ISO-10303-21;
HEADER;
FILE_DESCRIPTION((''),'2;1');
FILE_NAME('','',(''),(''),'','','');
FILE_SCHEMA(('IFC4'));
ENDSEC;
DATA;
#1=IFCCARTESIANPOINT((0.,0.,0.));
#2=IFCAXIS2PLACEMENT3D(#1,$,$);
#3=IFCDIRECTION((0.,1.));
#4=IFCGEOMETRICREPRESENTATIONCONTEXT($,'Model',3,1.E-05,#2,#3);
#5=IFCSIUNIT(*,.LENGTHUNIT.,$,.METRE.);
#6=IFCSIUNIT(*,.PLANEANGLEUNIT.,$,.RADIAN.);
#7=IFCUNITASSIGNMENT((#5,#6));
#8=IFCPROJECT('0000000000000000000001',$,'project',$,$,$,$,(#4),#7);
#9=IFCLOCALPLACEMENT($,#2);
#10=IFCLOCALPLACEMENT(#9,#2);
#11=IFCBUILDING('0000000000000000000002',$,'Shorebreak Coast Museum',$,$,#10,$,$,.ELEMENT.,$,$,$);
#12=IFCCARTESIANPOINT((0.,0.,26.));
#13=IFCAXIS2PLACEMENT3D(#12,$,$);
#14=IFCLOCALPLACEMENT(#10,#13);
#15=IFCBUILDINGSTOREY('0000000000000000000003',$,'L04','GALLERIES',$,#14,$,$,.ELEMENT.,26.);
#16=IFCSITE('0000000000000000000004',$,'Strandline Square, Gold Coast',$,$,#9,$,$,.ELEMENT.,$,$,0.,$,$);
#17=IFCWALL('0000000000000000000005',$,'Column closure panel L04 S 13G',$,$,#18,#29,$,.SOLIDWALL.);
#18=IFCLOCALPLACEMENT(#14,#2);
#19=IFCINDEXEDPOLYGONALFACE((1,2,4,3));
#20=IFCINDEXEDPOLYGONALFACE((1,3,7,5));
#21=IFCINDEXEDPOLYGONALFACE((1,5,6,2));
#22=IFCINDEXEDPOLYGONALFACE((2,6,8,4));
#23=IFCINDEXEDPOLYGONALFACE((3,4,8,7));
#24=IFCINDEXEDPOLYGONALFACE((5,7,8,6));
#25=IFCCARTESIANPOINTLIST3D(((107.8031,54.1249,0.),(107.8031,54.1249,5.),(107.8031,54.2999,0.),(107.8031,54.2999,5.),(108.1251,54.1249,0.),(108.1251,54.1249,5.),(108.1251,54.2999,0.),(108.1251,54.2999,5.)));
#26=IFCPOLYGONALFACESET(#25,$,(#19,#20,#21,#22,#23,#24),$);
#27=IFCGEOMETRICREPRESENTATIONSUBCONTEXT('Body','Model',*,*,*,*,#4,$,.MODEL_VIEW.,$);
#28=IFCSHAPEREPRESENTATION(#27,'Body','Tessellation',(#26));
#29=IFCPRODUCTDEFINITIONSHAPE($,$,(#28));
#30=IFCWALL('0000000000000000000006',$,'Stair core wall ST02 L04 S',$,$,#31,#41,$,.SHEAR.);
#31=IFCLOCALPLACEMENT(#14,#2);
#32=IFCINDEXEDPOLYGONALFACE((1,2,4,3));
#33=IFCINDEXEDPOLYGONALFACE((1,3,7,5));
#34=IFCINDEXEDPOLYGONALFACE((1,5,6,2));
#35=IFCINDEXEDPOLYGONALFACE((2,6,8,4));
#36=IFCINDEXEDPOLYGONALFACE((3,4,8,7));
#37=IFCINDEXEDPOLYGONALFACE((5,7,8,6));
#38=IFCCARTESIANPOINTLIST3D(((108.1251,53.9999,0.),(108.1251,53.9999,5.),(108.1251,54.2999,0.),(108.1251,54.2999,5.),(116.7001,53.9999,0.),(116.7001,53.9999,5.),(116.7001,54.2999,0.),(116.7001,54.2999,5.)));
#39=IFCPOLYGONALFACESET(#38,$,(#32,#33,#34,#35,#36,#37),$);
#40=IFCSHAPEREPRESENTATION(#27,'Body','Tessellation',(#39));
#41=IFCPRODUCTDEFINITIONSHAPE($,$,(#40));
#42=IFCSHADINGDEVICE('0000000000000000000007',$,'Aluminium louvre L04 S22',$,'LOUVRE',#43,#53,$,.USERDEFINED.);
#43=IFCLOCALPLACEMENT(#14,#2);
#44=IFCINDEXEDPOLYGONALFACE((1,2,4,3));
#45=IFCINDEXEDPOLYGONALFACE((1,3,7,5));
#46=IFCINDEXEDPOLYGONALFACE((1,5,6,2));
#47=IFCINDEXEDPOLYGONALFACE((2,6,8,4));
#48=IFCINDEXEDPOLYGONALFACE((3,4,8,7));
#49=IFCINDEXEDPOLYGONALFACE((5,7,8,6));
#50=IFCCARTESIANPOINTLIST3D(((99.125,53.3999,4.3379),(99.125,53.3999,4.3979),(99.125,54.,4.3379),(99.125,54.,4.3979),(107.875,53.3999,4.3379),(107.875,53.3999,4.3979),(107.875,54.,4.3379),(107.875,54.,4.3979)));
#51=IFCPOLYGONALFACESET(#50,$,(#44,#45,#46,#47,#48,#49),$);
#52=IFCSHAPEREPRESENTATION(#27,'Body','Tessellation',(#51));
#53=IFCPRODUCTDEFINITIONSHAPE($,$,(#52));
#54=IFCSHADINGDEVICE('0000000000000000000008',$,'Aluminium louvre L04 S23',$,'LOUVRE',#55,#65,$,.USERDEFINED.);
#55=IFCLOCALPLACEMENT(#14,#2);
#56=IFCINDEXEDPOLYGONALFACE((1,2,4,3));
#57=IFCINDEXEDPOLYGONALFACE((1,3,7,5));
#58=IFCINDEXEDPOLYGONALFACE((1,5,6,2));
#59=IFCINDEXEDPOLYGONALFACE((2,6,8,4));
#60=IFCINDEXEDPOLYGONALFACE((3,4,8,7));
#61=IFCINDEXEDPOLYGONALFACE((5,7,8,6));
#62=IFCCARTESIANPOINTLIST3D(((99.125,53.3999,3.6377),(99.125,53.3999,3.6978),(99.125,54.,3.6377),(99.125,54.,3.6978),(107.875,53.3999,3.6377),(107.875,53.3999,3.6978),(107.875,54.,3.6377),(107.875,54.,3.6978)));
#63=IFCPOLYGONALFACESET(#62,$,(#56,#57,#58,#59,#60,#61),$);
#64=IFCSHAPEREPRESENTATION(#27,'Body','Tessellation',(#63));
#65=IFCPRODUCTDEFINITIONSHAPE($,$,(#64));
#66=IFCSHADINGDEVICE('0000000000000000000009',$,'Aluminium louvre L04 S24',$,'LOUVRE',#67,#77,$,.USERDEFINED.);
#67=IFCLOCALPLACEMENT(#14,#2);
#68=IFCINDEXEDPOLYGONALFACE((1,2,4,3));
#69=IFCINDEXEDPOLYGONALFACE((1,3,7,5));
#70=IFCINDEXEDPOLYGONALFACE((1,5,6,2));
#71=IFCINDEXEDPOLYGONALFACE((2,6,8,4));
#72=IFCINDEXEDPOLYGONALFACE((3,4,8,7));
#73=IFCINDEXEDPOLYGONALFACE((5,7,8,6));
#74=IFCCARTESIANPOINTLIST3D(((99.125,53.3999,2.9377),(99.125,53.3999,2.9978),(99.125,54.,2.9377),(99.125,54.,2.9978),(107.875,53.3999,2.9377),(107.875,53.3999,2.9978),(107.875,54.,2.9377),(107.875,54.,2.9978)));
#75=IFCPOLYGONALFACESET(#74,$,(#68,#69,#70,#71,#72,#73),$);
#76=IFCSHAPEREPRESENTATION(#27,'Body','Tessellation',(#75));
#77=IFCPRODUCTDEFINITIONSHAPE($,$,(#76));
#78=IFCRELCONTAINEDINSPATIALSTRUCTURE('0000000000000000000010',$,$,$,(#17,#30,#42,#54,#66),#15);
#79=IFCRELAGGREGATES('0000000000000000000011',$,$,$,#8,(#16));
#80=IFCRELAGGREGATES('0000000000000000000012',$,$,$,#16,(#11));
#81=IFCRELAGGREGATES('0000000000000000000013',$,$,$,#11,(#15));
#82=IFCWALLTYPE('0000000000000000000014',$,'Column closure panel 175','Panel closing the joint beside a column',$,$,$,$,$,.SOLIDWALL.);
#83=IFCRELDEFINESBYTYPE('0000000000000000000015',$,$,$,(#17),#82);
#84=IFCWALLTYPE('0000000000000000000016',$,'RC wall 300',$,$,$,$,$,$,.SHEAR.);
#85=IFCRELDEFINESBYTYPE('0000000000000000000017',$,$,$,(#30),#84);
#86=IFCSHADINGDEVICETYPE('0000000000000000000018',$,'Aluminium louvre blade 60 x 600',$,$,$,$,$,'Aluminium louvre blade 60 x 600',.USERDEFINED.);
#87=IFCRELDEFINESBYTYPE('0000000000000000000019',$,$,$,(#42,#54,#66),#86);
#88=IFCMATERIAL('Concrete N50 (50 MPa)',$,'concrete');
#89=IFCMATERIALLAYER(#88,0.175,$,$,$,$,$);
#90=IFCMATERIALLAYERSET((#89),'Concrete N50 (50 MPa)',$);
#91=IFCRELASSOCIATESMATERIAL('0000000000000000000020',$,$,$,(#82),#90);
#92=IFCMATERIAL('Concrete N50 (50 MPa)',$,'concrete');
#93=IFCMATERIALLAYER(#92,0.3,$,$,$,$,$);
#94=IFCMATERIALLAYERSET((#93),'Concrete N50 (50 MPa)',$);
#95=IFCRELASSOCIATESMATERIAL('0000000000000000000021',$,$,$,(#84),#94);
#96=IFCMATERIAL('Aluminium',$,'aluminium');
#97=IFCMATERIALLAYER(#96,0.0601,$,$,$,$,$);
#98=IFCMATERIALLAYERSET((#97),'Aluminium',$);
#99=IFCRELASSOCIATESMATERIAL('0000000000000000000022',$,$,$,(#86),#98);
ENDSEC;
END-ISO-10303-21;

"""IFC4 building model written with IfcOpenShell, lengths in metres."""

from ifc_helpers import new_model, si_unit, direction, frame, frame_2d, origin, origin_2d, place, context, subcontext, project, spatial, rectangle, extrude, material, layer, layer_set, type_object, element, save


model = new_model("IFC4")

# Units and contexts
model_context = context("Model", 3, precision=1e-05, world=origin(), true_north=direction((0.0, 1.0)))
body_context = subcontext(model_context, "Body", "Model", "MODEL_VIEW")
ifc_project = project(units=[si_unit("LENGTHUNIT", "METRE"), si_unit("PLANEANGLEUNIT", "RADIAN")], contexts=[model_context])

# Site, building, storey
site_placement = place(None, origin())
site = spatial("IfcSite", under=ifc_project, at=site_placement, Name="Strandline Square, Gold Coast", CompositionType="ELEMENT", RefElevation=0.0)
building_placement = place(site_placement, origin())
building = spatial("IfcBuilding", under=site, at=building_placement, Name="Shorebreak Coast Museum", CompositionType="ELEMENT")
storey_placement = place(building_placement, frame((0.0, 0.0, 26.0)))
storey = spatial("IfcBuildingStorey", under=building, at=storey_placement, Name="L04", Description="GALLERIES", CompositionType="ELEMENT", Elevation=26.0)

# Walls
ifc_material_1 = material(Name="Concrete N50 (50 MPa)", Category="concrete")
ifc_layer_1 = layer(ifc_material_1, 0.175)
ifc_layer_set_1 = layer_set([ifc_layer_1], Name="Concrete N50 (50 MPa)")
wall_type_1 = type_object("IfcWallType", Name="Column closure panel 175", Description="Panel closing the joint beside a column", PredefinedType="SOLIDWALL", material=ifc_layer_set_1)
wall_1_placement = place(storey_placement, frame((107.803, 54.2124, 0.0), z_axis=(0.0, 0.0, 1.0), x_axis=(1.0, 0.0, 0.0)))
element("IfcWall", 1, at=wall_1_placement, inside=storey, type_object=wall_type_1, Name="Column closure panel L04 S 13G", PredefinedType="SOLIDWALL", context=body_context, shape_type="SweptSolid", body=[
    extrude(rectangle(XDim=0.322, YDim=0.175, at=frame_2d((0.1611, 0.0))), origin(), (0.0, 0.0, 1.0), 5.0),
])
ifc_material_2 = material(Name="Concrete N50 (50 MPa)", Category="concrete")
ifc_layer_2 = layer(ifc_material_2, 0.3)
ifc_layer_set_2 = layer_set([ifc_layer_2], Name="Concrete N50 (50 MPa)")
wall_type_2 = type_object("IfcWallType", Name="RC wall 300", PredefinedType="SHEAR", material=ifc_layer_set_2)
wall_2_placement = place(storey_placement, frame((108.125, 54.1499, 0.0), z_axis=(0.0, 0.0, 1.0), x_axis=(1.0, 0.0, 0.0)))
element("IfcWall", 2, at=wall_2_placement, inside=storey, type_object=wall_type_2, Name="Stair core wall ST02 L04 S", PredefinedType="SHEAR", context=body_context, shape_type="SweptSolid", body=[
    extrude(rectangle(XDim=8.575, YDim=0.3, at=frame_2d((4.2876, 0.0))), origin(), (0.0, 0.0, 1.0), 5.0),
])

# Shading devices
ifc_material_3 = material(Name="Aluminium", Category="aluminium")
ifc_layer_3 = layer(ifc_material_3, 0.0601)
ifc_layer_set_3 = layer_set([ifc_layer_3], Name="Aluminium")
shading_device_type = type_object("IfcShadingDeviceType", Name="Aluminium louvre blade 60 x 600", ElementType="Aluminium louvre blade 60 x 600", PredefinedType="USERDEFINED", material=ifc_layer_set_3)
for number, where, z_axis, x_axis, name in (
    (3, (103.5, 53.7, 4.3379), (0.0, 0.0, 1.0), (1.0, 0.0, 0.0), "Aluminium louvre L04 S22"),
    (4, (103.5, 53.7, 3.6377), (0.0, 0.0, 1.0), (1.0, 0.0, 0.0), "Aluminium louvre L04 S23"),
    (5, (103.5, 53.7, 2.9377), (0.0, 0.0, 1.0), (1.0, 0.0, 0.0), "Aluminium louvre L04 S24"),
):
    element("IfcShadingDevice", number, at=place(storey_placement, frame(where, z_axis=z_axis, x_axis=x_axis)), inside=storey, type_object=shading_device_type, Name=name, ObjectType="LOUVRE", PredefinedType="USERDEFINED", context=body_context, shape_type="SweptSolid", body=[
        extrude(rectangle(XDim=8.75, YDim=0.6001, at=origin_2d()), origin(), (0.0, 0.0, 1.0), 0.0601),
    ])

save(model, "model.ifc")
